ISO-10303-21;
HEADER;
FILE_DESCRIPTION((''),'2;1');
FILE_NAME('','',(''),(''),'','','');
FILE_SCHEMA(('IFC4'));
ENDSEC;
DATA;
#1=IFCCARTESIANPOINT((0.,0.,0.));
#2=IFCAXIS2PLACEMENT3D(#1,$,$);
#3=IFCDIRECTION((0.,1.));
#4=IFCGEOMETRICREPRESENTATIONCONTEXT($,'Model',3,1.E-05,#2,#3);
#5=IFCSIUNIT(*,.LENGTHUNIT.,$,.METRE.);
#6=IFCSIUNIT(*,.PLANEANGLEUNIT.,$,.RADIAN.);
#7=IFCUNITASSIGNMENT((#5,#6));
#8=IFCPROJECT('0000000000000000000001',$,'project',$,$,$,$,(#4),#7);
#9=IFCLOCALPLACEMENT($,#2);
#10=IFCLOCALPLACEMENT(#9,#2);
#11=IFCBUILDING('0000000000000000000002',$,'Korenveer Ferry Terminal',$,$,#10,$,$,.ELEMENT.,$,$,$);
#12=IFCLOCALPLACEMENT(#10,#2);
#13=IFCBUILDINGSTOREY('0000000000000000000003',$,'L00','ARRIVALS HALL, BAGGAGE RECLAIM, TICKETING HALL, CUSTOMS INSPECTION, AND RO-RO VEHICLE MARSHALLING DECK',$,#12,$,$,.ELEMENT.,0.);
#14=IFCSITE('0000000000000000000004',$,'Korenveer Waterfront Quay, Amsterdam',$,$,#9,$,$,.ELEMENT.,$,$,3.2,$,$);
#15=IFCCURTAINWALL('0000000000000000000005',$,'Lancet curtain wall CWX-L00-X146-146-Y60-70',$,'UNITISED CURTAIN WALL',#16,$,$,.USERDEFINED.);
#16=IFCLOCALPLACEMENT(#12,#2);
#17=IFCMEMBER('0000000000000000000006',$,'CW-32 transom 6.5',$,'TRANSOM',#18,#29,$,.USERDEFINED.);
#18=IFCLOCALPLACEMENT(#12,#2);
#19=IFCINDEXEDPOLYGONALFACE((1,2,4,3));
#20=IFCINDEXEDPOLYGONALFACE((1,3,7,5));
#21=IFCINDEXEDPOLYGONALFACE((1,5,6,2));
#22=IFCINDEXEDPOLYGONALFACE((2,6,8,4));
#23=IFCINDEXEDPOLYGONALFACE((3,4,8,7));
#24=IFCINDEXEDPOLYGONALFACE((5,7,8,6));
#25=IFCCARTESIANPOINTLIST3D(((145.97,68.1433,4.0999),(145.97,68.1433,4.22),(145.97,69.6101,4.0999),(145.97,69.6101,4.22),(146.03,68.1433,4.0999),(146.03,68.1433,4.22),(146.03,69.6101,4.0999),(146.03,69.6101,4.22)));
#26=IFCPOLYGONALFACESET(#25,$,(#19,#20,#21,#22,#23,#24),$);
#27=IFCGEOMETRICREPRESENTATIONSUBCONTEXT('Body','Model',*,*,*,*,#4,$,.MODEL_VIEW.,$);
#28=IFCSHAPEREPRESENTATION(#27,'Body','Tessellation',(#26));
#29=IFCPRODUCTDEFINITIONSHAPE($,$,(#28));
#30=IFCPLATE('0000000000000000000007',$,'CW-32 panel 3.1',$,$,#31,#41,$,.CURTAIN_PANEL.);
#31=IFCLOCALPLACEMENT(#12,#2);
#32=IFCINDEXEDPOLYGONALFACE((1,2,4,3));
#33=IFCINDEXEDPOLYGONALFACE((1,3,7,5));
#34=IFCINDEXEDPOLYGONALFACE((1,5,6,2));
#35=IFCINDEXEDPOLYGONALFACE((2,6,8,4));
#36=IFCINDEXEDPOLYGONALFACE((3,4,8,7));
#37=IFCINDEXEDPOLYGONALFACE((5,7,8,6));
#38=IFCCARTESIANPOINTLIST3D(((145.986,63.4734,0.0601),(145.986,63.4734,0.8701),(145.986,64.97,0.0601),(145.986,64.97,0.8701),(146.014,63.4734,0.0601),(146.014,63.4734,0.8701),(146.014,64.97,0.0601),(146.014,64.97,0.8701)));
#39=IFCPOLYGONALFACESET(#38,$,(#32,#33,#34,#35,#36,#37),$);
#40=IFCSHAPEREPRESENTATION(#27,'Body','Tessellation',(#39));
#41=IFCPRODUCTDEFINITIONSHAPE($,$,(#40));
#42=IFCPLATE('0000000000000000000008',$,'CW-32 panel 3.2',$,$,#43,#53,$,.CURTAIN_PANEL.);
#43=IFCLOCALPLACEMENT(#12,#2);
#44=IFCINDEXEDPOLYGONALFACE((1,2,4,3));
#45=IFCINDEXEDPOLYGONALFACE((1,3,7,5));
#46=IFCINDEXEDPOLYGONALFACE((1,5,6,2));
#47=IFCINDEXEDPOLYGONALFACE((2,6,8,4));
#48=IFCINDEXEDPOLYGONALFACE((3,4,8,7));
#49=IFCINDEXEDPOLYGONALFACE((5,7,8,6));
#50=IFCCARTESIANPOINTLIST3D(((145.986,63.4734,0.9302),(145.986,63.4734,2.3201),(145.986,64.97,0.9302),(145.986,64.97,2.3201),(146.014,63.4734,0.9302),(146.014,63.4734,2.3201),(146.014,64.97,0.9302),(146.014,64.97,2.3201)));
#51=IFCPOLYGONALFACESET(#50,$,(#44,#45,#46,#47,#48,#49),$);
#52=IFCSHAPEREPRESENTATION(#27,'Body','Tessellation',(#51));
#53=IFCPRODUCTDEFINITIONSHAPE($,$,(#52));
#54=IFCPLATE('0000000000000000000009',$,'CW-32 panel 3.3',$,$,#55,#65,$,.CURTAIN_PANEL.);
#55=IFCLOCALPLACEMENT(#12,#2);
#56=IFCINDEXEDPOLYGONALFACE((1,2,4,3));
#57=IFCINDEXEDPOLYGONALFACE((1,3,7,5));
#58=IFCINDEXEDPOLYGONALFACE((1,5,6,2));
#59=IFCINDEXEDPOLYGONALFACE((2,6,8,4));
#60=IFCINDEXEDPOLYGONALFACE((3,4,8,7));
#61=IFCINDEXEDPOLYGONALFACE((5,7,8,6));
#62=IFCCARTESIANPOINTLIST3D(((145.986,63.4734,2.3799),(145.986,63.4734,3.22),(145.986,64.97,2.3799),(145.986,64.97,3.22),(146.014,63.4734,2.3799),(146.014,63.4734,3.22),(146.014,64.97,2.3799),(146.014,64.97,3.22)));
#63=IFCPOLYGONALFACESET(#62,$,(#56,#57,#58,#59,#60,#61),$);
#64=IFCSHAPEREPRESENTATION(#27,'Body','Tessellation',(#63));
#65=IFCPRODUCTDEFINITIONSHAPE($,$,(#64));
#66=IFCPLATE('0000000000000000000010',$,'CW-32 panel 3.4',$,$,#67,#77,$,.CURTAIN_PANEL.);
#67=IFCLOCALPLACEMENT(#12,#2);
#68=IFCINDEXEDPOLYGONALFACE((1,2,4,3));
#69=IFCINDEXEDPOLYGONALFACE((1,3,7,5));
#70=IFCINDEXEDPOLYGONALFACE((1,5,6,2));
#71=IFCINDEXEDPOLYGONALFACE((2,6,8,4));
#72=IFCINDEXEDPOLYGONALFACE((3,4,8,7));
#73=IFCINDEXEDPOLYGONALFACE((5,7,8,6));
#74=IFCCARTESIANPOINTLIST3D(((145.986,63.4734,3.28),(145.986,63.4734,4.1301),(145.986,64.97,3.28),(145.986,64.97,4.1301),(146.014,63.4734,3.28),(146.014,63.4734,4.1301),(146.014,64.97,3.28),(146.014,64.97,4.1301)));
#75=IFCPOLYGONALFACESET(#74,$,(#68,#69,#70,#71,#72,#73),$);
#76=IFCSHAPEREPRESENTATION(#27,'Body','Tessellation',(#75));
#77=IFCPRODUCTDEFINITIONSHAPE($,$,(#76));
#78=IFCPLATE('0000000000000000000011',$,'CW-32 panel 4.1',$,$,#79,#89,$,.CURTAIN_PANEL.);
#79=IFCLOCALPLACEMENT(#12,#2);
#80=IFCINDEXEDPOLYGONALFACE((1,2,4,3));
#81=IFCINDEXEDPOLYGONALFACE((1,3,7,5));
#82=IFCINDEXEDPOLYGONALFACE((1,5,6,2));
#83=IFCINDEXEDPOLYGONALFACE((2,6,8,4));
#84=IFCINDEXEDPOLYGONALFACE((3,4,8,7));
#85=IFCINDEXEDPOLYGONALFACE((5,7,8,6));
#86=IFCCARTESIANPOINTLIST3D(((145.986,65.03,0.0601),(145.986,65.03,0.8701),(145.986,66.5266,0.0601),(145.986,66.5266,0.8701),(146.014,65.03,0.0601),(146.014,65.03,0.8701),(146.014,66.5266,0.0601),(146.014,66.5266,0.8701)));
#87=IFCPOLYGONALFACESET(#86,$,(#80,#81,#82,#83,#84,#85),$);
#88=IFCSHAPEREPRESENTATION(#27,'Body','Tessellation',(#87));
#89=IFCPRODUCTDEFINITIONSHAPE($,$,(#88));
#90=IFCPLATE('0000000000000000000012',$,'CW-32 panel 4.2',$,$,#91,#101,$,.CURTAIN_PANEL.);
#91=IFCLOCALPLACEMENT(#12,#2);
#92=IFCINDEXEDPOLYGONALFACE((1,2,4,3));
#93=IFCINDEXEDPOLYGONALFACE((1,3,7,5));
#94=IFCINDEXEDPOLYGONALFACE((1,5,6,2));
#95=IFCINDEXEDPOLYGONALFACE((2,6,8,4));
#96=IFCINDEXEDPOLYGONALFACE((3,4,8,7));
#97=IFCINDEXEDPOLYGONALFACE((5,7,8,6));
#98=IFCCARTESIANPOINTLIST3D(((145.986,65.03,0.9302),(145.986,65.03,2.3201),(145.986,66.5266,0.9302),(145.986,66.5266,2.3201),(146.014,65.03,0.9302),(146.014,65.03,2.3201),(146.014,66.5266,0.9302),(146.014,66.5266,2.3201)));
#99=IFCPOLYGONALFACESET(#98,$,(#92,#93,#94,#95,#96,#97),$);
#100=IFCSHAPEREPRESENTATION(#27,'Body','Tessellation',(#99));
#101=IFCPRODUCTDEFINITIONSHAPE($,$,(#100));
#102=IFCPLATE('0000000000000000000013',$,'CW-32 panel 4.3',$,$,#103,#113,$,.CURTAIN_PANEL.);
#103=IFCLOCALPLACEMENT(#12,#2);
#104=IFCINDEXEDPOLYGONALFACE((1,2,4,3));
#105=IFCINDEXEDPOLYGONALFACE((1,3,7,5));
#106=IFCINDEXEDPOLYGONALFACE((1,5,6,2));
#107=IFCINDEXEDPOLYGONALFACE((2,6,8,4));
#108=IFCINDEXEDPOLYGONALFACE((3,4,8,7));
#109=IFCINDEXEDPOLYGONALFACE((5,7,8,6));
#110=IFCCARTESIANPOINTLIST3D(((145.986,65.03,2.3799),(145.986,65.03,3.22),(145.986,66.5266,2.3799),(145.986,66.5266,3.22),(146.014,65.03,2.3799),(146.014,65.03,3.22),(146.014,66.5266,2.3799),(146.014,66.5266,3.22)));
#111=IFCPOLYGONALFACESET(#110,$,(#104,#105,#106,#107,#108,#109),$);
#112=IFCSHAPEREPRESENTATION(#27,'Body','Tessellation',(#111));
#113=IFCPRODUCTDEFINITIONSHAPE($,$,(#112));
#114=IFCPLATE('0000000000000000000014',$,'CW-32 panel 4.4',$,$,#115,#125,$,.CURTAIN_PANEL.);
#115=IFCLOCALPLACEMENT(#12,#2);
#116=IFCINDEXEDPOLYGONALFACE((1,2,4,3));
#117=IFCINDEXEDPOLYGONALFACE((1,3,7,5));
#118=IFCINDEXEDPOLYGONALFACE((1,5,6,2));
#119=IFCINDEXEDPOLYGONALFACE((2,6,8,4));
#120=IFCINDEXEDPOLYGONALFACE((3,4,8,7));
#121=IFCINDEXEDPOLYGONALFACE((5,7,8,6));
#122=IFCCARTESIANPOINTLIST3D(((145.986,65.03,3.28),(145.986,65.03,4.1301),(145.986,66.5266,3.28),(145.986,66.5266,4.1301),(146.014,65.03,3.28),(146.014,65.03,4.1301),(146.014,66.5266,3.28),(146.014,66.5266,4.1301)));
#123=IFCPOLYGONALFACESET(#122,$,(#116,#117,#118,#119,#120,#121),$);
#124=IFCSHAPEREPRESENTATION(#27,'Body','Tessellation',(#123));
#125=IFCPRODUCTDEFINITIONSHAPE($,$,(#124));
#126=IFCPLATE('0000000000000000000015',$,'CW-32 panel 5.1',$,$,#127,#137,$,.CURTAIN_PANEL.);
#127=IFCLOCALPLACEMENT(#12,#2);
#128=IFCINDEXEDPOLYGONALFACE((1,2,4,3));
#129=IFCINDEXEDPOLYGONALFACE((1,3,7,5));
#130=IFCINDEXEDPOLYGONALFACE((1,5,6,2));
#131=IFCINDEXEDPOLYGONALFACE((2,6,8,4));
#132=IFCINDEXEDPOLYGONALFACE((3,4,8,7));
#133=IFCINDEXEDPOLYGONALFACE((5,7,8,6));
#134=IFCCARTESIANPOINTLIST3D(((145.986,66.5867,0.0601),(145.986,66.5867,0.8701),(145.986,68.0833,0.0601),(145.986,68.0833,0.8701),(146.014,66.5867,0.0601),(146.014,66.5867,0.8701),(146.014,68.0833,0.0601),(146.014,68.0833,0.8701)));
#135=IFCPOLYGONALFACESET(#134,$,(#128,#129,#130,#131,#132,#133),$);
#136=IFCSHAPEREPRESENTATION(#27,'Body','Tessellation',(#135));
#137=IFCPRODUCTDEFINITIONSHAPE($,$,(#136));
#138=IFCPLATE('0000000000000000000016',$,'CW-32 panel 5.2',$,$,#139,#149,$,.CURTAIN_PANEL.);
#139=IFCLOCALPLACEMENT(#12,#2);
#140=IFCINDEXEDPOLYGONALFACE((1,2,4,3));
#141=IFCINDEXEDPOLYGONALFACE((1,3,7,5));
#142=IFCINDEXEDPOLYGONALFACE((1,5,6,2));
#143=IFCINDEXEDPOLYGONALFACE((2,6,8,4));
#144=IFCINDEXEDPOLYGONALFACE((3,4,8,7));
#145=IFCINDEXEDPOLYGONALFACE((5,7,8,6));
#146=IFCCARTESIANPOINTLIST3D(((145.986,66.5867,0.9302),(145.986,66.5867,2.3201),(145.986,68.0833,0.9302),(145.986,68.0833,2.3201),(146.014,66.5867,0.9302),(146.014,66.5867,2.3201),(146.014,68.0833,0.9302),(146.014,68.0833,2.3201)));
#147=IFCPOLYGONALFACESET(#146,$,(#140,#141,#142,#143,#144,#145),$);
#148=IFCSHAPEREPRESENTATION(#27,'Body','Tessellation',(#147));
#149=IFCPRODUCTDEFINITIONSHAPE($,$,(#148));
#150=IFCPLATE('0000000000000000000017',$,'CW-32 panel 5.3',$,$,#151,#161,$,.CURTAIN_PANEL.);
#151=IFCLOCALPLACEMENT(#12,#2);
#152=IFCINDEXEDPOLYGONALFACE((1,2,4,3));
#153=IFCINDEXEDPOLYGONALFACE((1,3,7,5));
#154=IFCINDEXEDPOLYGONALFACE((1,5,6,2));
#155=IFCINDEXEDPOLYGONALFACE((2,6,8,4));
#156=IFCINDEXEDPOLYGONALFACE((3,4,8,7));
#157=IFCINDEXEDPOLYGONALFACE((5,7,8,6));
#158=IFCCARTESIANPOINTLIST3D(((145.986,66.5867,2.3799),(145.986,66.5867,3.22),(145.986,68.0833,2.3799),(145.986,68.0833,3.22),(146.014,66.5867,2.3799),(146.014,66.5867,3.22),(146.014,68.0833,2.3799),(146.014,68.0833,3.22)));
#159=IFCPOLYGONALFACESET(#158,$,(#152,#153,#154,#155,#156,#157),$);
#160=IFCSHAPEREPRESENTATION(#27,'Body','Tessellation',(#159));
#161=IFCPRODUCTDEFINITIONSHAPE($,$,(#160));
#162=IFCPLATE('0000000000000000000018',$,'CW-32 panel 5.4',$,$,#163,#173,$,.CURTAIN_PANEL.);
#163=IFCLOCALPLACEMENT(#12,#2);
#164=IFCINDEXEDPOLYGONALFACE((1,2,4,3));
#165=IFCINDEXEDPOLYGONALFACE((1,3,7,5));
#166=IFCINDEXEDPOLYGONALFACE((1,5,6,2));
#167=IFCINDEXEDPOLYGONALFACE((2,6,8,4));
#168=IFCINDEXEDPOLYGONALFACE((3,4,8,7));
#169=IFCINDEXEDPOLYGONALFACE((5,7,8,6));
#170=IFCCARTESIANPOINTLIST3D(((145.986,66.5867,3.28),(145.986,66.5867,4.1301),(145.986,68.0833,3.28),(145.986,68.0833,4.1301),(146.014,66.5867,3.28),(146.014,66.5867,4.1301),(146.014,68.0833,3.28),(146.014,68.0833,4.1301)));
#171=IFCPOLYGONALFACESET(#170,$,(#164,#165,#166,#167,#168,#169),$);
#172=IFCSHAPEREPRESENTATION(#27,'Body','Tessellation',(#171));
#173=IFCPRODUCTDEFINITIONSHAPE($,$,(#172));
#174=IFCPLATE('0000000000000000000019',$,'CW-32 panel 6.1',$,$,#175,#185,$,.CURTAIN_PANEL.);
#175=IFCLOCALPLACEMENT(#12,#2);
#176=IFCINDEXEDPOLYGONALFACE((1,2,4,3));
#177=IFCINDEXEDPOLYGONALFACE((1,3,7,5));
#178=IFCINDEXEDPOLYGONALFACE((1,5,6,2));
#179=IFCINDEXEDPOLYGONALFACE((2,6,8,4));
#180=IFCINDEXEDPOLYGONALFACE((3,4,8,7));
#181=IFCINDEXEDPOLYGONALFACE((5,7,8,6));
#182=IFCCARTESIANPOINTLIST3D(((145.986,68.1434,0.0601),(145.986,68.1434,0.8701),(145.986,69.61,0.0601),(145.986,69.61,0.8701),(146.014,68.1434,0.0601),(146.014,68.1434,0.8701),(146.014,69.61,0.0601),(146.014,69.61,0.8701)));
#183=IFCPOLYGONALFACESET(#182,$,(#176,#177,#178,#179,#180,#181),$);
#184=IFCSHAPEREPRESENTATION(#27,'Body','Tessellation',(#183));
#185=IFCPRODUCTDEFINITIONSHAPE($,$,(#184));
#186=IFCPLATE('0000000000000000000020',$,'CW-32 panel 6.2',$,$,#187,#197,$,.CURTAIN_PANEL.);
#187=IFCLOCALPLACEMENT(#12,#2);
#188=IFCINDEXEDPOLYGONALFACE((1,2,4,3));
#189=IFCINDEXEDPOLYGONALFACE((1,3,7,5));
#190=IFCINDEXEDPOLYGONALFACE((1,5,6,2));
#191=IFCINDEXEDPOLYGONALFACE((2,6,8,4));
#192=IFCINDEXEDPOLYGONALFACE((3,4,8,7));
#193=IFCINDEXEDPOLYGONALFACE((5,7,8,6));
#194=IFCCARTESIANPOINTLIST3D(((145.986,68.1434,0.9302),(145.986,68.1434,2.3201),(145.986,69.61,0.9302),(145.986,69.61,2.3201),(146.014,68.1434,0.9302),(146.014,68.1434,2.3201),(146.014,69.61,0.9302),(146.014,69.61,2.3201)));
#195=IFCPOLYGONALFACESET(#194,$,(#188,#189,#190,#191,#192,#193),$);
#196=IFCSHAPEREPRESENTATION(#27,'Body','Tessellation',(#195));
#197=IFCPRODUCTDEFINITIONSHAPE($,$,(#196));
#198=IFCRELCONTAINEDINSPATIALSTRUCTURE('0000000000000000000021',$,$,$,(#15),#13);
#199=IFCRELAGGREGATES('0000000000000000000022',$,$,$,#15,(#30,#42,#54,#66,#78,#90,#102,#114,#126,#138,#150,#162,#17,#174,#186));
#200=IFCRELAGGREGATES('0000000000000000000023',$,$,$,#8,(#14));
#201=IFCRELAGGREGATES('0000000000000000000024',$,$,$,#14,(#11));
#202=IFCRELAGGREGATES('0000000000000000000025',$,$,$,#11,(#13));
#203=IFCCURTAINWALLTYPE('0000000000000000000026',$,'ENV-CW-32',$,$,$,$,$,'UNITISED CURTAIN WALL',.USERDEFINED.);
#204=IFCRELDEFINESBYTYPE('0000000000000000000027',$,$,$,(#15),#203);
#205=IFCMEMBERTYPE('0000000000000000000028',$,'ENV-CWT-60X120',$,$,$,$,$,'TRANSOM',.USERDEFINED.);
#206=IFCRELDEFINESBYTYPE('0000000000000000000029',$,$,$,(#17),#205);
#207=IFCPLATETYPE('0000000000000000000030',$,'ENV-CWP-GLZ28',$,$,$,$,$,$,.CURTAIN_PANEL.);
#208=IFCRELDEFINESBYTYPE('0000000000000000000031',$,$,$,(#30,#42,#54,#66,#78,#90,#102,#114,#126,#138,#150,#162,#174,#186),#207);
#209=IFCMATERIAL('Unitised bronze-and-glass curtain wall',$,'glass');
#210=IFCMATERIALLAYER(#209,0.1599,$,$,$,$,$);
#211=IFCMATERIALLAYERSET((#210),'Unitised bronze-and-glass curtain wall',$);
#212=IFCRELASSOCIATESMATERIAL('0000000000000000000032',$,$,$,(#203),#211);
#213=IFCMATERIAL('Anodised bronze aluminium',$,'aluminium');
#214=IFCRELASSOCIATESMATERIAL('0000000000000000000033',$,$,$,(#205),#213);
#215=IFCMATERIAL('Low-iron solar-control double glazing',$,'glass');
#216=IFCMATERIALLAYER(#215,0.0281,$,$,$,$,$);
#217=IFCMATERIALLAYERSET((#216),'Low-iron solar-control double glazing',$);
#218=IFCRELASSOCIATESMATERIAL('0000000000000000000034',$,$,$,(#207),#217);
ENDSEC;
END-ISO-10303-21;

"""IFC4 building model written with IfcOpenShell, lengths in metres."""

from ifc_helpers import new_model, si_unit, direction, frame, origin, origin_2d, place, context, subcontext, project, spatial, rectangle, extrude, material, layer, layer_set, material_profile, profile_set, type_object, element, aggregate, save


model = new_model("IFC4")

# Units and contexts
model_context = context("Model", 3, precision=1e-05, world=origin(), true_north=direction((0.0, 1.0)))
body_context = subcontext(model_context, "Body", "Model", "MODEL_VIEW")
ifc_project = project(units=[si_unit("LENGTHUNIT", "METRE"), si_unit("PLANEANGLEUNIT", "RADIAN")], contexts=[model_context])

# Site, building, storey
site_placement = place(None, origin())
site = spatial("IfcSite", under=ifc_project, at=site_placement, Name="Korenveer Waterfront Quay, Amsterdam", CompositionType="ELEMENT", RefElevation=3.2)
building_placement = place(site_placement, origin())
building = spatial("IfcBuilding", under=site, at=building_placement, Name="Korenveer Ferry Terminal", CompositionType="ELEMENT")
storey_placement = place(building_placement, origin())
storey = spatial("IfcBuildingStorey", under=building, at=storey_placement, Name="L00", Description="ARRIVALS HALL, BAGGAGE RECLAIM, TICKETING HALL, CUSTOMS INSPECTION, AND RO-RO VEHICLE MARSHALLING DECK", CompositionType="ELEMENT", Elevation=0.0)

# Curtain wall, member, plates
ifc_material_1 = material(Name="Unitised bronze-and-glass curtain wall", Category="glass")
ifc_layer_1 = layer(ifc_material_1, 0.1599)
ifc_layer_set_1 = layer_set([ifc_layer_1], Name="Unitised bronze-and-glass curtain wall")
curtain_wall_type = type_object("IfcCurtainWallType", Name="ENV-CW-32", ElementType="UNITISED CURTAIN WALL", PredefinedType="USERDEFINED", material=ifc_layer_set_1)
curtain_wall_placement = place(storey_placement, frame((146.0, 60.3301, 0.0)))
curtain_wall = element("IfcCurtainWall", 1, at=curtain_wall_placement, inside=storey, type_object=curtain_wall_type, Name="Lancet curtain wall CWX-L00-X146-146-Y60-70", ObjectType="UNITISED CURTAIN WALL", PredefinedType="USERDEFINED")
ifc_material_2 = material(Name="Anodised bronze aluminium", Category="aluminium")
ifc_material_profile_1 = material_profile(ifc_material_2, rectangle(XDim=0.0601, YDim=0.1201, at=origin_2d()), Name="ALU 60x120")
ifc_profile_set_1 = profile_set([ifc_material_profile_1], Name="Anodised bronze aluminium")
member_type_1 = type_object("IfcMemberType", Name="ENV-CWT-60X120", ElementType="TRANSOM", PredefinedType="USERDEFINED", material=ifc_profile_set_1)
member_1_placement = place(storey_placement, frame((146.0, 68.1433, 4.1599), z_axis=(0.0, 1.0, 0.0), x_axis=(-1.0, 0.0, 0.0)))
member_1 = element("IfcMember", 2, at=member_1_placement, type_object=member_type_1, Name="CW-32 transom 6.5", ObjectType="TRANSOM", PredefinedType="USERDEFINED", context=body_context, shape_type="SweptSolid", body=[
    extrude(rectangle(XDim=0.0601, YDim=0.1201, at=origin_2d()), origin(), (0.0, 0.0, 1.0), 1.4668),
])
ifc_material_3 = material(Name="Low-iron solar-control double glazing", Category="glass")
ifc_layer_2 = layer(ifc_material_3, 0.0281)
ifc_layer_set_2 = layer_set([ifc_layer_2], Name="Low-iron solar-control double glazing")
plate_type = type_object("IfcPlateType", Name="ENV-CWP-GLZ28", PredefinedType="CURTAIN_PANEL", material=ifc_layer_set_2)
plate_1_placement = place(storey_placement, frame((146.0, 64.2217, 0.0601), z_axis=(0.0, 0.0, 1.0), x_axis=(0.0, 1.0, 0.0)))
plate_1 = element("IfcPlate", 3, at=plate_1_placement, type_object=plate_type, Name="CW-32 panel 3.1", PredefinedType="CURTAIN_PANEL", context=body_context, shape_type="SweptSolid", body=[
    extrude(rectangle(XDim=1.4966, YDim=0.0281, at=origin_2d()), origin(), (0.0, 0.0, 1.0), 0.8101),
])
plate_2_placement = place(storey_placement, frame((146.0, 64.2217, 0.9302), z_axis=(0.0, 0.0, 1.0), x_axis=(0.0, 1.0, 0.0)))
plate_2 = element("IfcPlate", 4, at=plate_2_placement, type_object=plate_type, Name="CW-32 panel 3.2", PredefinedType="CURTAIN_PANEL", context=body_context, shape_type="SweptSolid", body=[
    extrude(rectangle(XDim=1.4966, YDim=0.0281, at=origin_2d()), origin(), (0.0, 0.0, 1.0), 1.3899),
])
plate_3_placement = place(storey_placement, frame((146.0, 64.2217, 2.3799), z_axis=(0.0, 0.0, 1.0), x_axis=(0.0, 1.0, 0.0)))
plate_3 = element("IfcPlate", 5, at=plate_3_placement, type_object=plate_type, Name="CW-32 panel 3.3", PredefinedType="CURTAIN_PANEL", context=body_context, shape_type="SweptSolid", body=[
    extrude(rectangle(XDim=1.4966, YDim=0.0281, at=origin_2d()), origin(), (0.0, 0.0, 1.0), 0.8401),
])
plate_4_placement = place(storey_placement, frame((146.0, 64.2217, 3.28), z_axis=(0.0, 0.0, 1.0), x_axis=(0.0, 1.0, 0.0)))
plate_4 = element("IfcPlate", 6, at=plate_4_placement, type_object=plate_type, Name="CW-32 panel 3.4", PredefinedType="CURTAIN_PANEL", context=body_context, shape_type="SweptSolid", body=[
    extrude(rectangle(XDim=1.4966, YDim=0.0281, at=origin_2d()), origin(), (0.0, 0.0, 1.0), 0.8501),
])
plate_5_placement = place(storey_placement, frame((146.0, 65.7783, 0.0601), z_axis=(0.0, 0.0, 1.0), x_axis=(0.0, 1.0, 0.0)))
plate_5 = element("IfcPlate", 7, at=plate_5_placement, type_object=plate_type, Name="CW-32 panel 4.1", PredefinedType="CURTAIN_PANEL", context=body_context, shape_type="SweptSolid", body=[
    extrude(rectangle(XDim=1.4966, YDim=0.0281, at=origin_2d()), origin(), (0.0, 0.0, 1.0), 0.8101),
])
plate_6_placement = place(storey_placement, frame((146.0, 65.7783, 0.9302), z_axis=(0.0, 0.0, 1.0), x_axis=(0.0, 1.0, 0.0)))
plate_6 = element("IfcPlate", 8, at=plate_6_placement, type_object=plate_type, Name="CW-32 panel 4.2", PredefinedType="CURTAIN_PANEL", context=body_context, shape_type="SweptSolid", body=[
    extrude(rectangle(XDim=1.4966, YDim=0.0281, at=origin_2d()), origin(), (0.0, 0.0, 1.0), 1.3899),
])
plate_7_placement = place(storey_placement, frame((146.0, 65.7783, 2.3799), z_axis=(0.0, 0.0, 1.0), x_axis=(0.0, 1.0, 0.0)))
plate_7 = element("IfcPlate", 9, at=plate_7_placement, type_object=plate_type, Name="CW-32 panel 4.3", PredefinedType="CURTAIN_PANEL", context=body_context, shape_type="SweptSolid", body=[
    extrude(rectangle(XDim=1.4966, YDim=0.0281, at=origin_2d()), origin(), (0.0, 0.0, 1.0), 0.8401),
])
plate_8_placement = place(storey_placement, frame((146.0, 65.7783, 3.28), z_axis=(0.0, 0.0, 1.0), x_axis=(0.0, 1.0, 0.0)))
plate_8 = element("IfcPlate", 10, at=plate_8_placement, type_object=plate_type, Name="CW-32 panel 4.4", PredefinedType="CURTAIN_PANEL", context=body_context, shape_type="SweptSolid", body=[
    extrude(rectangle(XDim=1.4966, YDim=0.0281, at=origin_2d()), origin(), (0.0, 0.0, 1.0), 0.8501),
])
plate_9_placement = place(storey_placement, frame((146.0, 67.335, 0.0601), z_axis=(0.0, 0.0, 1.0), x_axis=(0.0, 1.0, 0.0)))
plate_9 = element("IfcPlate", 11, at=plate_9_placement, type_object=plate_type, Name="CW-32 panel 5.1", PredefinedType="CURTAIN_PANEL", context=body_context, shape_type="SweptSolid", body=[
    extrude(rectangle(XDim=1.4966, YDim=0.0281, at=origin_2d()), origin(), (0.0, 0.0, 1.0), 0.8101),
])
plate_10_placement = place(storey_placement, frame((146.0, 67.335, 0.9302), z_axis=(0.0, 0.0, 1.0), x_axis=(0.0, 1.0, 0.0)))
plate_10 = element("IfcPlate", 12, at=plate_10_placement, type_object=plate_type, Name="CW-32 panel 5.2", PredefinedType="CURTAIN_PANEL", context=body_context, shape_type="SweptSolid", body=[
    extrude(rectangle(XDim=1.4966, YDim=0.0281, at=origin_2d()), origin(), (0.0, 0.0, 1.0), 1.3899),
])
plate_11_placement = place(storey_placement, frame((146.0, 67.335, 2.3799), z_axis=(0.0, 0.0, 1.0), x_axis=(0.0, 1.0, 0.0)))
plate_11 = element("IfcPlate", 13, at=plate_11_placement, type_object=plate_type, Name="CW-32 panel 5.3", PredefinedType="CURTAIN_PANEL", context=body_context, shape_type="SweptSolid", body=[
    extrude(rectangle(XDim=1.4966, YDim=0.0281, at=origin_2d()), origin(), (0.0, 0.0, 1.0), 0.8401),
])
plate_12_placement = place(storey_placement, frame((146.0, 67.335, 3.28), z_axis=(0.0, 0.0, 1.0), x_axis=(0.0, 1.0, 0.0)))
plate_12 = element("IfcPlate", 14, at=plate_12_placement, type_object=plate_type, Name="CW-32 panel 5.4", PredefinedType="CURTAIN_PANEL", context=body_context, shape_type="SweptSolid", body=[
    extrude(rectangle(XDim=1.4966, YDim=0.0281, at=origin_2d()), origin(), (0.0, 0.0, 1.0), 0.8501),
])
plate_13_placement = place(storey_placement, frame((146.0, 68.8767, 0.0601), z_axis=(0.0, 0.0, 1.0), x_axis=(0.0, 1.0, 0.0)))
plate_13 = element("IfcPlate", 15, at=plate_13_placement, type_object=plate_type, Name="CW-32 panel 6.1", PredefinedType="CURTAIN_PANEL", context=body_context, shape_type="SweptSolid", body=[
    extrude(rectangle(XDim=1.4666, YDim=0.0281, at=origin_2d()), origin(), (0.0, 0.0, 1.0), 0.8101),
])
plate_14_placement = place(storey_placement, frame((146.0, 68.8767, 0.9302), z_axis=(0.0, 0.0, 1.0), x_axis=(0.0, 1.0, 0.0)))
plate_14 = element("IfcPlate", 16, at=plate_14_placement, type_object=plate_type, Name="CW-32 panel 6.2", PredefinedType="CURTAIN_PANEL", context=body_context, shape_type="SweptSolid", body=[
    extrude(rectangle(XDim=1.4666, YDim=0.0281, at=origin_2d()), origin(), (0.0, 0.0, 1.0), 1.3899),
])
aggregate(curtain_wall, [plate_1, plate_2, plate_3, plate_4, plate_5, plate_6, plate_7, plate_8, plate_9, plate_10, plate_11, plate_12, member_1, plate_13, plate_14])

save(model, "model.ifc")
